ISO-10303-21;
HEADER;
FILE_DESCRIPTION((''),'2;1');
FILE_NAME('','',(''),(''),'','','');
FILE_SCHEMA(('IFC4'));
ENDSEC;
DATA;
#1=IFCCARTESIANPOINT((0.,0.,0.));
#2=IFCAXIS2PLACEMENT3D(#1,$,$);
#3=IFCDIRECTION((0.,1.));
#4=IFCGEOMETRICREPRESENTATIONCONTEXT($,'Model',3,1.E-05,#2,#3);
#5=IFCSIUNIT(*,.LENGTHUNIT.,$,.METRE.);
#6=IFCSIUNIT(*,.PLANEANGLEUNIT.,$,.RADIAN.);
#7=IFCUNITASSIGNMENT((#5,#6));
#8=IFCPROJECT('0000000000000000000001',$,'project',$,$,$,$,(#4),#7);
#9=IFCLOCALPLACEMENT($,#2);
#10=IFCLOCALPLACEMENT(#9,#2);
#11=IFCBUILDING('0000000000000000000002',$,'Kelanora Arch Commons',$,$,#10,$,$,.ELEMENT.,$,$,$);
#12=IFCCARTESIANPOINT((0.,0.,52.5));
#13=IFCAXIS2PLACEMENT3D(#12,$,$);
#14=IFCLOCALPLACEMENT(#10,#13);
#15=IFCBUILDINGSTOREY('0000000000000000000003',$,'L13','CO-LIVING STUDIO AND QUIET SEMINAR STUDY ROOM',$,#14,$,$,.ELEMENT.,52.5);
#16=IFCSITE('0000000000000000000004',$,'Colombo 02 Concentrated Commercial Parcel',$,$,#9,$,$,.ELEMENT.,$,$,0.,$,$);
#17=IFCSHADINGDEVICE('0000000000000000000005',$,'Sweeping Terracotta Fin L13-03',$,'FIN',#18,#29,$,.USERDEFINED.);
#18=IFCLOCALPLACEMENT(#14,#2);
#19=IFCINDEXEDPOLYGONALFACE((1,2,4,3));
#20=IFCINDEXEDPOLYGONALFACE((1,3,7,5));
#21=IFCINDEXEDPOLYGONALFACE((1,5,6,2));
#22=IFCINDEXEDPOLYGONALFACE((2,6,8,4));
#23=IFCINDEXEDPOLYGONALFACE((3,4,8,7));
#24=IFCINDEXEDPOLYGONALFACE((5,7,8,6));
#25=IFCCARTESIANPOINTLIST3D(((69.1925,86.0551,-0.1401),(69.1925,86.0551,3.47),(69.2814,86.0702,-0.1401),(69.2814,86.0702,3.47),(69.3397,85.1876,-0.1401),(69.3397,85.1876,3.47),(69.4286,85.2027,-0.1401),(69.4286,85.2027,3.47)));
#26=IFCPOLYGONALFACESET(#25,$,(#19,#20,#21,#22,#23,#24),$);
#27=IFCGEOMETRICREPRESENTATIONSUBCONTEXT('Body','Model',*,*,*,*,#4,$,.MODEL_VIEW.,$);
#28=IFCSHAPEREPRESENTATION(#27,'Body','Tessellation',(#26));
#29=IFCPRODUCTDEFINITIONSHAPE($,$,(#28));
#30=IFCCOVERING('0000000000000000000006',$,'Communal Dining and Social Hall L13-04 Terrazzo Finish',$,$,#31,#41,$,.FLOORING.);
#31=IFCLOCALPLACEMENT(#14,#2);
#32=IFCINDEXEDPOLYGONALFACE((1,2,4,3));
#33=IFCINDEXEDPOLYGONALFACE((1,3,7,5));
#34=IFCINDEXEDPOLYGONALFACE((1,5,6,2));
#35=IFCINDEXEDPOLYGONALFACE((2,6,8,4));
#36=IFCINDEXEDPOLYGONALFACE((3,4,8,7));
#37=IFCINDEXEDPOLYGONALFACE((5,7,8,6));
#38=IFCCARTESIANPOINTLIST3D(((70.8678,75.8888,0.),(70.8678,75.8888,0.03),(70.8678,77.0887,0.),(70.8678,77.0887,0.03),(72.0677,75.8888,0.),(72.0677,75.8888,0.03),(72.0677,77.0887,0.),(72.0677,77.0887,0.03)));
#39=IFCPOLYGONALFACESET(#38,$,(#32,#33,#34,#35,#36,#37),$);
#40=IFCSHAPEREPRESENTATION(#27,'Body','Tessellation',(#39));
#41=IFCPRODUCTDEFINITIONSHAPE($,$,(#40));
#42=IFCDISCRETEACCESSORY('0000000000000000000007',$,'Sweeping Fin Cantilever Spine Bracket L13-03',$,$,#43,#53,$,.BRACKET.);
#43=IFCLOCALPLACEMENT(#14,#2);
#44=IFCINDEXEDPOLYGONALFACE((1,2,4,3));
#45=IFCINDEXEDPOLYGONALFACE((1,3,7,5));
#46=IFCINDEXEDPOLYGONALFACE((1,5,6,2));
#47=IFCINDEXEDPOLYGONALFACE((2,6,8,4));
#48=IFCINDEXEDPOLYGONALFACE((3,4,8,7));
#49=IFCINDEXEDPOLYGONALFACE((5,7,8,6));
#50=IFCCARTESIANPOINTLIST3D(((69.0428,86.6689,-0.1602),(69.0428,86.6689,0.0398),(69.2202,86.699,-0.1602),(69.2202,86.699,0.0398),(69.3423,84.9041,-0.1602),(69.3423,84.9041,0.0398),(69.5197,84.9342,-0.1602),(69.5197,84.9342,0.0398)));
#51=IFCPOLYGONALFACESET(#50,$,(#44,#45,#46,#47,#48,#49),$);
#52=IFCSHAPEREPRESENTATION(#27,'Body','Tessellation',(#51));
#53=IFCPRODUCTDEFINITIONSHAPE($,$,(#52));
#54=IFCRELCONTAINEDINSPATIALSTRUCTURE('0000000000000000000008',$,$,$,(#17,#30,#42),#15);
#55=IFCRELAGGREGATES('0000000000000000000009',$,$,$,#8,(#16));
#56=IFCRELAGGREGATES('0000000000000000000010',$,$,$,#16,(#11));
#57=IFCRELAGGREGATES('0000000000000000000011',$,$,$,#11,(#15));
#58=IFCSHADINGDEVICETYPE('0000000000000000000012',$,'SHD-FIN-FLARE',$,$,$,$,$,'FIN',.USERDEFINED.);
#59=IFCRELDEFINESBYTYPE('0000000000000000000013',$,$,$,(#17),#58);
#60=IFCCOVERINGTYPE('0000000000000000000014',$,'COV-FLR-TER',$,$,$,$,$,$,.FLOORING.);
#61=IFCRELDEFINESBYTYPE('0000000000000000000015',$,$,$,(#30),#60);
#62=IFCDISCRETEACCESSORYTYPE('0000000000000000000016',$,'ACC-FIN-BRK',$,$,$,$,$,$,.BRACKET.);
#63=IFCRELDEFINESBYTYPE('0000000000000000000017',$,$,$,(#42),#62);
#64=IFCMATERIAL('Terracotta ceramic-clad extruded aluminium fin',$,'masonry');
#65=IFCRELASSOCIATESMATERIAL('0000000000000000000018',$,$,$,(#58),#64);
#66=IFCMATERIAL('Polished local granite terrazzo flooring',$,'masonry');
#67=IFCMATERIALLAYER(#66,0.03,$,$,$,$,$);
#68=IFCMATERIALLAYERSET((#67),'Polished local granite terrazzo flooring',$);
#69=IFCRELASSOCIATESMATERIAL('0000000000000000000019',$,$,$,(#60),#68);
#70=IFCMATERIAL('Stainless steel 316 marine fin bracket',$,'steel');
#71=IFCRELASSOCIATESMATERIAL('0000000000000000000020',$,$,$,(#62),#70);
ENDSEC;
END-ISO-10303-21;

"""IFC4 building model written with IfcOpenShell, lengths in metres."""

from ifc_helpers import new_model, si_unit, direction, frame, origin, origin_2d, place, context, subcontext, project, spatial, rectangle, extrude, source, transform, mapped, material, layer, layer_set, type_object, element, save


model = new_model("IFC4")

# Units and contexts
model_context = context("Model", 3, precision=1e-05, world=origin(), true_north=direction((0.0, 1.0)))
body_context = subcontext(model_context, "Body", "Model", "MODEL_VIEW")
ifc_project = project(units=[si_unit("LENGTHUNIT", "METRE"), si_unit("PLANEANGLEUNIT", "RADIAN")], contexts=[model_context])

# Site, building, storey
site_placement = place(None, origin())
site = spatial("IfcSite", under=ifc_project, at=site_placement, Name="Colombo 02 Concentrated Commercial Parcel", CompositionType="ELEMENT", RefElevation=0.0)
building_placement = place(site_placement, origin())
building = spatial("IfcBuilding", under=site, at=building_placement, Name="Kelanora Arch Commons", CompositionType="ELEMENT")
storey_placement = place(building_placement, frame((0.0, 0.0, 52.5)))
storey = spatial("IfcBuildingStorey", under=building, at=storey_placement, Name="L13", Description="CO-LIVING STUDIO AND QUIET SEMINAR STUDY ROOM", CompositionType="ELEMENT", Elevation=52.5)

# Shading device
ifc_material_1 = material(Name="Terracotta ceramic-clad extruded aluminium fin", Category="masonry")
shading_device_type = type_object("IfcShadingDeviceType", Name="SHD-FIN-FLARE", ElementType="FIN", PredefinedType="USERDEFINED", material=ifc_material_1)
shared_shape_1 = source(origin(), body_context, "Body", "SweptSolid", [
    extrude(rectangle(XDim=0.8799, YDim=0.0901, at=origin_2d()), origin(), (0.0, 0.0, 1.0), 3.6101),
])
shading_device_placement = place(storey_placement, frame((69.3105, 85.6289, -0.1401), z_axis=(0.0, 0.0, 1.0), x_axis=(-0.167285, 0.985909, 0.0)))
element("IfcShadingDevice", 1, at=shading_device_placement, inside=storey, type_object=shading_device_type, Name="Sweeping Terracotta Fin L13-03", ObjectType="FIN", PredefinedType="USERDEFINED", context=body_context, shape_type="MappedRepresentation", body=[
    mapped(shared_shape_1, transform((0.0, 0.0, 0.0), scale=1.0)),
])

# Covering
ifc_material_2 = material(Name="Polished local granite terrazzo flooring", Category="masonry")
ifc_layer_1 = layer(ifc_material_2, 0.03)
ifc_layer_set_1 = layer_set([ifc_layer_1], Name="Polished local granite terrazzo flooring")
covering_type = type_object("IfcCoveringType", Name="COV-FLR-TER", PredefinedType="FLOORING", material=ifc_layer_set_1)
shared_shape_2 = source(origin(), body_context, "Body", "SweptSolid", [
    extrude(rectangle(XDim=1.2, YDim=1.2, at=origin_2d()), origin(), (0.0, 0.0, 1.0), 0.03),
])
covering_placement = place(storey_placement, frame((71.4678, 76.4888, 0.0), z_axis=(0.0, 0.0, 1.0), x_axis=(1.0, 0.0, 0.0)))
element("IfcCovering", 2, at=covering_placement, inside=storey, type_object=covering_type, Name="Communal Dining and Social Hall L13-04 Terrazzo Finish", PredefinedType="FLOORING", context=body_context, shape_type="MappedRepresentation", body=[
    mapped(shared_shape_2, transform((0.0, 0.0, 0.0), scale=1.0)),
])

# Discrete accessory
ifc_material_3 = material(Name="Stainless steel 316 marine fin bracket", Category="steel")
discrete_accessory_type = type_object("IfcDiscreteAccessoryType", Name="ACC-FIN-BRK", PredefinedType="BRACKET", material=ifc_material_3)
shared_shape_3 = source(origin(), body_context, "Body", "SweptSolid", [
    extrude(rectangle(XDim=1.79, YDim=0.1799, at=origin_2d()), origin(), (0.0, 0.0, 1.0), 0.2),
])
discrete_accessory_placement = place(storey_placement, frame((69.2812, 85.8015, -0.1602), z_axis=(0.0, 0.0, 1.0), x_axis=(-0.167285, 0.985909, 0.0)))
element("IfcDiscreteAccessory", 3, at=discrete_accessory_placement, inside=storey, type_object=discrete_accessory_type, Name="Sweeping Fin Cantilever Spine Bracket L13-03", PredefinedType="BRACKET", context=body_context, shape_type="MappedRepresentation", body=[
    mapped(shared_shape_3, transform((0.0, 0.0, 0.0), scale=1.0)),
])

save(model, "model.ifc")
